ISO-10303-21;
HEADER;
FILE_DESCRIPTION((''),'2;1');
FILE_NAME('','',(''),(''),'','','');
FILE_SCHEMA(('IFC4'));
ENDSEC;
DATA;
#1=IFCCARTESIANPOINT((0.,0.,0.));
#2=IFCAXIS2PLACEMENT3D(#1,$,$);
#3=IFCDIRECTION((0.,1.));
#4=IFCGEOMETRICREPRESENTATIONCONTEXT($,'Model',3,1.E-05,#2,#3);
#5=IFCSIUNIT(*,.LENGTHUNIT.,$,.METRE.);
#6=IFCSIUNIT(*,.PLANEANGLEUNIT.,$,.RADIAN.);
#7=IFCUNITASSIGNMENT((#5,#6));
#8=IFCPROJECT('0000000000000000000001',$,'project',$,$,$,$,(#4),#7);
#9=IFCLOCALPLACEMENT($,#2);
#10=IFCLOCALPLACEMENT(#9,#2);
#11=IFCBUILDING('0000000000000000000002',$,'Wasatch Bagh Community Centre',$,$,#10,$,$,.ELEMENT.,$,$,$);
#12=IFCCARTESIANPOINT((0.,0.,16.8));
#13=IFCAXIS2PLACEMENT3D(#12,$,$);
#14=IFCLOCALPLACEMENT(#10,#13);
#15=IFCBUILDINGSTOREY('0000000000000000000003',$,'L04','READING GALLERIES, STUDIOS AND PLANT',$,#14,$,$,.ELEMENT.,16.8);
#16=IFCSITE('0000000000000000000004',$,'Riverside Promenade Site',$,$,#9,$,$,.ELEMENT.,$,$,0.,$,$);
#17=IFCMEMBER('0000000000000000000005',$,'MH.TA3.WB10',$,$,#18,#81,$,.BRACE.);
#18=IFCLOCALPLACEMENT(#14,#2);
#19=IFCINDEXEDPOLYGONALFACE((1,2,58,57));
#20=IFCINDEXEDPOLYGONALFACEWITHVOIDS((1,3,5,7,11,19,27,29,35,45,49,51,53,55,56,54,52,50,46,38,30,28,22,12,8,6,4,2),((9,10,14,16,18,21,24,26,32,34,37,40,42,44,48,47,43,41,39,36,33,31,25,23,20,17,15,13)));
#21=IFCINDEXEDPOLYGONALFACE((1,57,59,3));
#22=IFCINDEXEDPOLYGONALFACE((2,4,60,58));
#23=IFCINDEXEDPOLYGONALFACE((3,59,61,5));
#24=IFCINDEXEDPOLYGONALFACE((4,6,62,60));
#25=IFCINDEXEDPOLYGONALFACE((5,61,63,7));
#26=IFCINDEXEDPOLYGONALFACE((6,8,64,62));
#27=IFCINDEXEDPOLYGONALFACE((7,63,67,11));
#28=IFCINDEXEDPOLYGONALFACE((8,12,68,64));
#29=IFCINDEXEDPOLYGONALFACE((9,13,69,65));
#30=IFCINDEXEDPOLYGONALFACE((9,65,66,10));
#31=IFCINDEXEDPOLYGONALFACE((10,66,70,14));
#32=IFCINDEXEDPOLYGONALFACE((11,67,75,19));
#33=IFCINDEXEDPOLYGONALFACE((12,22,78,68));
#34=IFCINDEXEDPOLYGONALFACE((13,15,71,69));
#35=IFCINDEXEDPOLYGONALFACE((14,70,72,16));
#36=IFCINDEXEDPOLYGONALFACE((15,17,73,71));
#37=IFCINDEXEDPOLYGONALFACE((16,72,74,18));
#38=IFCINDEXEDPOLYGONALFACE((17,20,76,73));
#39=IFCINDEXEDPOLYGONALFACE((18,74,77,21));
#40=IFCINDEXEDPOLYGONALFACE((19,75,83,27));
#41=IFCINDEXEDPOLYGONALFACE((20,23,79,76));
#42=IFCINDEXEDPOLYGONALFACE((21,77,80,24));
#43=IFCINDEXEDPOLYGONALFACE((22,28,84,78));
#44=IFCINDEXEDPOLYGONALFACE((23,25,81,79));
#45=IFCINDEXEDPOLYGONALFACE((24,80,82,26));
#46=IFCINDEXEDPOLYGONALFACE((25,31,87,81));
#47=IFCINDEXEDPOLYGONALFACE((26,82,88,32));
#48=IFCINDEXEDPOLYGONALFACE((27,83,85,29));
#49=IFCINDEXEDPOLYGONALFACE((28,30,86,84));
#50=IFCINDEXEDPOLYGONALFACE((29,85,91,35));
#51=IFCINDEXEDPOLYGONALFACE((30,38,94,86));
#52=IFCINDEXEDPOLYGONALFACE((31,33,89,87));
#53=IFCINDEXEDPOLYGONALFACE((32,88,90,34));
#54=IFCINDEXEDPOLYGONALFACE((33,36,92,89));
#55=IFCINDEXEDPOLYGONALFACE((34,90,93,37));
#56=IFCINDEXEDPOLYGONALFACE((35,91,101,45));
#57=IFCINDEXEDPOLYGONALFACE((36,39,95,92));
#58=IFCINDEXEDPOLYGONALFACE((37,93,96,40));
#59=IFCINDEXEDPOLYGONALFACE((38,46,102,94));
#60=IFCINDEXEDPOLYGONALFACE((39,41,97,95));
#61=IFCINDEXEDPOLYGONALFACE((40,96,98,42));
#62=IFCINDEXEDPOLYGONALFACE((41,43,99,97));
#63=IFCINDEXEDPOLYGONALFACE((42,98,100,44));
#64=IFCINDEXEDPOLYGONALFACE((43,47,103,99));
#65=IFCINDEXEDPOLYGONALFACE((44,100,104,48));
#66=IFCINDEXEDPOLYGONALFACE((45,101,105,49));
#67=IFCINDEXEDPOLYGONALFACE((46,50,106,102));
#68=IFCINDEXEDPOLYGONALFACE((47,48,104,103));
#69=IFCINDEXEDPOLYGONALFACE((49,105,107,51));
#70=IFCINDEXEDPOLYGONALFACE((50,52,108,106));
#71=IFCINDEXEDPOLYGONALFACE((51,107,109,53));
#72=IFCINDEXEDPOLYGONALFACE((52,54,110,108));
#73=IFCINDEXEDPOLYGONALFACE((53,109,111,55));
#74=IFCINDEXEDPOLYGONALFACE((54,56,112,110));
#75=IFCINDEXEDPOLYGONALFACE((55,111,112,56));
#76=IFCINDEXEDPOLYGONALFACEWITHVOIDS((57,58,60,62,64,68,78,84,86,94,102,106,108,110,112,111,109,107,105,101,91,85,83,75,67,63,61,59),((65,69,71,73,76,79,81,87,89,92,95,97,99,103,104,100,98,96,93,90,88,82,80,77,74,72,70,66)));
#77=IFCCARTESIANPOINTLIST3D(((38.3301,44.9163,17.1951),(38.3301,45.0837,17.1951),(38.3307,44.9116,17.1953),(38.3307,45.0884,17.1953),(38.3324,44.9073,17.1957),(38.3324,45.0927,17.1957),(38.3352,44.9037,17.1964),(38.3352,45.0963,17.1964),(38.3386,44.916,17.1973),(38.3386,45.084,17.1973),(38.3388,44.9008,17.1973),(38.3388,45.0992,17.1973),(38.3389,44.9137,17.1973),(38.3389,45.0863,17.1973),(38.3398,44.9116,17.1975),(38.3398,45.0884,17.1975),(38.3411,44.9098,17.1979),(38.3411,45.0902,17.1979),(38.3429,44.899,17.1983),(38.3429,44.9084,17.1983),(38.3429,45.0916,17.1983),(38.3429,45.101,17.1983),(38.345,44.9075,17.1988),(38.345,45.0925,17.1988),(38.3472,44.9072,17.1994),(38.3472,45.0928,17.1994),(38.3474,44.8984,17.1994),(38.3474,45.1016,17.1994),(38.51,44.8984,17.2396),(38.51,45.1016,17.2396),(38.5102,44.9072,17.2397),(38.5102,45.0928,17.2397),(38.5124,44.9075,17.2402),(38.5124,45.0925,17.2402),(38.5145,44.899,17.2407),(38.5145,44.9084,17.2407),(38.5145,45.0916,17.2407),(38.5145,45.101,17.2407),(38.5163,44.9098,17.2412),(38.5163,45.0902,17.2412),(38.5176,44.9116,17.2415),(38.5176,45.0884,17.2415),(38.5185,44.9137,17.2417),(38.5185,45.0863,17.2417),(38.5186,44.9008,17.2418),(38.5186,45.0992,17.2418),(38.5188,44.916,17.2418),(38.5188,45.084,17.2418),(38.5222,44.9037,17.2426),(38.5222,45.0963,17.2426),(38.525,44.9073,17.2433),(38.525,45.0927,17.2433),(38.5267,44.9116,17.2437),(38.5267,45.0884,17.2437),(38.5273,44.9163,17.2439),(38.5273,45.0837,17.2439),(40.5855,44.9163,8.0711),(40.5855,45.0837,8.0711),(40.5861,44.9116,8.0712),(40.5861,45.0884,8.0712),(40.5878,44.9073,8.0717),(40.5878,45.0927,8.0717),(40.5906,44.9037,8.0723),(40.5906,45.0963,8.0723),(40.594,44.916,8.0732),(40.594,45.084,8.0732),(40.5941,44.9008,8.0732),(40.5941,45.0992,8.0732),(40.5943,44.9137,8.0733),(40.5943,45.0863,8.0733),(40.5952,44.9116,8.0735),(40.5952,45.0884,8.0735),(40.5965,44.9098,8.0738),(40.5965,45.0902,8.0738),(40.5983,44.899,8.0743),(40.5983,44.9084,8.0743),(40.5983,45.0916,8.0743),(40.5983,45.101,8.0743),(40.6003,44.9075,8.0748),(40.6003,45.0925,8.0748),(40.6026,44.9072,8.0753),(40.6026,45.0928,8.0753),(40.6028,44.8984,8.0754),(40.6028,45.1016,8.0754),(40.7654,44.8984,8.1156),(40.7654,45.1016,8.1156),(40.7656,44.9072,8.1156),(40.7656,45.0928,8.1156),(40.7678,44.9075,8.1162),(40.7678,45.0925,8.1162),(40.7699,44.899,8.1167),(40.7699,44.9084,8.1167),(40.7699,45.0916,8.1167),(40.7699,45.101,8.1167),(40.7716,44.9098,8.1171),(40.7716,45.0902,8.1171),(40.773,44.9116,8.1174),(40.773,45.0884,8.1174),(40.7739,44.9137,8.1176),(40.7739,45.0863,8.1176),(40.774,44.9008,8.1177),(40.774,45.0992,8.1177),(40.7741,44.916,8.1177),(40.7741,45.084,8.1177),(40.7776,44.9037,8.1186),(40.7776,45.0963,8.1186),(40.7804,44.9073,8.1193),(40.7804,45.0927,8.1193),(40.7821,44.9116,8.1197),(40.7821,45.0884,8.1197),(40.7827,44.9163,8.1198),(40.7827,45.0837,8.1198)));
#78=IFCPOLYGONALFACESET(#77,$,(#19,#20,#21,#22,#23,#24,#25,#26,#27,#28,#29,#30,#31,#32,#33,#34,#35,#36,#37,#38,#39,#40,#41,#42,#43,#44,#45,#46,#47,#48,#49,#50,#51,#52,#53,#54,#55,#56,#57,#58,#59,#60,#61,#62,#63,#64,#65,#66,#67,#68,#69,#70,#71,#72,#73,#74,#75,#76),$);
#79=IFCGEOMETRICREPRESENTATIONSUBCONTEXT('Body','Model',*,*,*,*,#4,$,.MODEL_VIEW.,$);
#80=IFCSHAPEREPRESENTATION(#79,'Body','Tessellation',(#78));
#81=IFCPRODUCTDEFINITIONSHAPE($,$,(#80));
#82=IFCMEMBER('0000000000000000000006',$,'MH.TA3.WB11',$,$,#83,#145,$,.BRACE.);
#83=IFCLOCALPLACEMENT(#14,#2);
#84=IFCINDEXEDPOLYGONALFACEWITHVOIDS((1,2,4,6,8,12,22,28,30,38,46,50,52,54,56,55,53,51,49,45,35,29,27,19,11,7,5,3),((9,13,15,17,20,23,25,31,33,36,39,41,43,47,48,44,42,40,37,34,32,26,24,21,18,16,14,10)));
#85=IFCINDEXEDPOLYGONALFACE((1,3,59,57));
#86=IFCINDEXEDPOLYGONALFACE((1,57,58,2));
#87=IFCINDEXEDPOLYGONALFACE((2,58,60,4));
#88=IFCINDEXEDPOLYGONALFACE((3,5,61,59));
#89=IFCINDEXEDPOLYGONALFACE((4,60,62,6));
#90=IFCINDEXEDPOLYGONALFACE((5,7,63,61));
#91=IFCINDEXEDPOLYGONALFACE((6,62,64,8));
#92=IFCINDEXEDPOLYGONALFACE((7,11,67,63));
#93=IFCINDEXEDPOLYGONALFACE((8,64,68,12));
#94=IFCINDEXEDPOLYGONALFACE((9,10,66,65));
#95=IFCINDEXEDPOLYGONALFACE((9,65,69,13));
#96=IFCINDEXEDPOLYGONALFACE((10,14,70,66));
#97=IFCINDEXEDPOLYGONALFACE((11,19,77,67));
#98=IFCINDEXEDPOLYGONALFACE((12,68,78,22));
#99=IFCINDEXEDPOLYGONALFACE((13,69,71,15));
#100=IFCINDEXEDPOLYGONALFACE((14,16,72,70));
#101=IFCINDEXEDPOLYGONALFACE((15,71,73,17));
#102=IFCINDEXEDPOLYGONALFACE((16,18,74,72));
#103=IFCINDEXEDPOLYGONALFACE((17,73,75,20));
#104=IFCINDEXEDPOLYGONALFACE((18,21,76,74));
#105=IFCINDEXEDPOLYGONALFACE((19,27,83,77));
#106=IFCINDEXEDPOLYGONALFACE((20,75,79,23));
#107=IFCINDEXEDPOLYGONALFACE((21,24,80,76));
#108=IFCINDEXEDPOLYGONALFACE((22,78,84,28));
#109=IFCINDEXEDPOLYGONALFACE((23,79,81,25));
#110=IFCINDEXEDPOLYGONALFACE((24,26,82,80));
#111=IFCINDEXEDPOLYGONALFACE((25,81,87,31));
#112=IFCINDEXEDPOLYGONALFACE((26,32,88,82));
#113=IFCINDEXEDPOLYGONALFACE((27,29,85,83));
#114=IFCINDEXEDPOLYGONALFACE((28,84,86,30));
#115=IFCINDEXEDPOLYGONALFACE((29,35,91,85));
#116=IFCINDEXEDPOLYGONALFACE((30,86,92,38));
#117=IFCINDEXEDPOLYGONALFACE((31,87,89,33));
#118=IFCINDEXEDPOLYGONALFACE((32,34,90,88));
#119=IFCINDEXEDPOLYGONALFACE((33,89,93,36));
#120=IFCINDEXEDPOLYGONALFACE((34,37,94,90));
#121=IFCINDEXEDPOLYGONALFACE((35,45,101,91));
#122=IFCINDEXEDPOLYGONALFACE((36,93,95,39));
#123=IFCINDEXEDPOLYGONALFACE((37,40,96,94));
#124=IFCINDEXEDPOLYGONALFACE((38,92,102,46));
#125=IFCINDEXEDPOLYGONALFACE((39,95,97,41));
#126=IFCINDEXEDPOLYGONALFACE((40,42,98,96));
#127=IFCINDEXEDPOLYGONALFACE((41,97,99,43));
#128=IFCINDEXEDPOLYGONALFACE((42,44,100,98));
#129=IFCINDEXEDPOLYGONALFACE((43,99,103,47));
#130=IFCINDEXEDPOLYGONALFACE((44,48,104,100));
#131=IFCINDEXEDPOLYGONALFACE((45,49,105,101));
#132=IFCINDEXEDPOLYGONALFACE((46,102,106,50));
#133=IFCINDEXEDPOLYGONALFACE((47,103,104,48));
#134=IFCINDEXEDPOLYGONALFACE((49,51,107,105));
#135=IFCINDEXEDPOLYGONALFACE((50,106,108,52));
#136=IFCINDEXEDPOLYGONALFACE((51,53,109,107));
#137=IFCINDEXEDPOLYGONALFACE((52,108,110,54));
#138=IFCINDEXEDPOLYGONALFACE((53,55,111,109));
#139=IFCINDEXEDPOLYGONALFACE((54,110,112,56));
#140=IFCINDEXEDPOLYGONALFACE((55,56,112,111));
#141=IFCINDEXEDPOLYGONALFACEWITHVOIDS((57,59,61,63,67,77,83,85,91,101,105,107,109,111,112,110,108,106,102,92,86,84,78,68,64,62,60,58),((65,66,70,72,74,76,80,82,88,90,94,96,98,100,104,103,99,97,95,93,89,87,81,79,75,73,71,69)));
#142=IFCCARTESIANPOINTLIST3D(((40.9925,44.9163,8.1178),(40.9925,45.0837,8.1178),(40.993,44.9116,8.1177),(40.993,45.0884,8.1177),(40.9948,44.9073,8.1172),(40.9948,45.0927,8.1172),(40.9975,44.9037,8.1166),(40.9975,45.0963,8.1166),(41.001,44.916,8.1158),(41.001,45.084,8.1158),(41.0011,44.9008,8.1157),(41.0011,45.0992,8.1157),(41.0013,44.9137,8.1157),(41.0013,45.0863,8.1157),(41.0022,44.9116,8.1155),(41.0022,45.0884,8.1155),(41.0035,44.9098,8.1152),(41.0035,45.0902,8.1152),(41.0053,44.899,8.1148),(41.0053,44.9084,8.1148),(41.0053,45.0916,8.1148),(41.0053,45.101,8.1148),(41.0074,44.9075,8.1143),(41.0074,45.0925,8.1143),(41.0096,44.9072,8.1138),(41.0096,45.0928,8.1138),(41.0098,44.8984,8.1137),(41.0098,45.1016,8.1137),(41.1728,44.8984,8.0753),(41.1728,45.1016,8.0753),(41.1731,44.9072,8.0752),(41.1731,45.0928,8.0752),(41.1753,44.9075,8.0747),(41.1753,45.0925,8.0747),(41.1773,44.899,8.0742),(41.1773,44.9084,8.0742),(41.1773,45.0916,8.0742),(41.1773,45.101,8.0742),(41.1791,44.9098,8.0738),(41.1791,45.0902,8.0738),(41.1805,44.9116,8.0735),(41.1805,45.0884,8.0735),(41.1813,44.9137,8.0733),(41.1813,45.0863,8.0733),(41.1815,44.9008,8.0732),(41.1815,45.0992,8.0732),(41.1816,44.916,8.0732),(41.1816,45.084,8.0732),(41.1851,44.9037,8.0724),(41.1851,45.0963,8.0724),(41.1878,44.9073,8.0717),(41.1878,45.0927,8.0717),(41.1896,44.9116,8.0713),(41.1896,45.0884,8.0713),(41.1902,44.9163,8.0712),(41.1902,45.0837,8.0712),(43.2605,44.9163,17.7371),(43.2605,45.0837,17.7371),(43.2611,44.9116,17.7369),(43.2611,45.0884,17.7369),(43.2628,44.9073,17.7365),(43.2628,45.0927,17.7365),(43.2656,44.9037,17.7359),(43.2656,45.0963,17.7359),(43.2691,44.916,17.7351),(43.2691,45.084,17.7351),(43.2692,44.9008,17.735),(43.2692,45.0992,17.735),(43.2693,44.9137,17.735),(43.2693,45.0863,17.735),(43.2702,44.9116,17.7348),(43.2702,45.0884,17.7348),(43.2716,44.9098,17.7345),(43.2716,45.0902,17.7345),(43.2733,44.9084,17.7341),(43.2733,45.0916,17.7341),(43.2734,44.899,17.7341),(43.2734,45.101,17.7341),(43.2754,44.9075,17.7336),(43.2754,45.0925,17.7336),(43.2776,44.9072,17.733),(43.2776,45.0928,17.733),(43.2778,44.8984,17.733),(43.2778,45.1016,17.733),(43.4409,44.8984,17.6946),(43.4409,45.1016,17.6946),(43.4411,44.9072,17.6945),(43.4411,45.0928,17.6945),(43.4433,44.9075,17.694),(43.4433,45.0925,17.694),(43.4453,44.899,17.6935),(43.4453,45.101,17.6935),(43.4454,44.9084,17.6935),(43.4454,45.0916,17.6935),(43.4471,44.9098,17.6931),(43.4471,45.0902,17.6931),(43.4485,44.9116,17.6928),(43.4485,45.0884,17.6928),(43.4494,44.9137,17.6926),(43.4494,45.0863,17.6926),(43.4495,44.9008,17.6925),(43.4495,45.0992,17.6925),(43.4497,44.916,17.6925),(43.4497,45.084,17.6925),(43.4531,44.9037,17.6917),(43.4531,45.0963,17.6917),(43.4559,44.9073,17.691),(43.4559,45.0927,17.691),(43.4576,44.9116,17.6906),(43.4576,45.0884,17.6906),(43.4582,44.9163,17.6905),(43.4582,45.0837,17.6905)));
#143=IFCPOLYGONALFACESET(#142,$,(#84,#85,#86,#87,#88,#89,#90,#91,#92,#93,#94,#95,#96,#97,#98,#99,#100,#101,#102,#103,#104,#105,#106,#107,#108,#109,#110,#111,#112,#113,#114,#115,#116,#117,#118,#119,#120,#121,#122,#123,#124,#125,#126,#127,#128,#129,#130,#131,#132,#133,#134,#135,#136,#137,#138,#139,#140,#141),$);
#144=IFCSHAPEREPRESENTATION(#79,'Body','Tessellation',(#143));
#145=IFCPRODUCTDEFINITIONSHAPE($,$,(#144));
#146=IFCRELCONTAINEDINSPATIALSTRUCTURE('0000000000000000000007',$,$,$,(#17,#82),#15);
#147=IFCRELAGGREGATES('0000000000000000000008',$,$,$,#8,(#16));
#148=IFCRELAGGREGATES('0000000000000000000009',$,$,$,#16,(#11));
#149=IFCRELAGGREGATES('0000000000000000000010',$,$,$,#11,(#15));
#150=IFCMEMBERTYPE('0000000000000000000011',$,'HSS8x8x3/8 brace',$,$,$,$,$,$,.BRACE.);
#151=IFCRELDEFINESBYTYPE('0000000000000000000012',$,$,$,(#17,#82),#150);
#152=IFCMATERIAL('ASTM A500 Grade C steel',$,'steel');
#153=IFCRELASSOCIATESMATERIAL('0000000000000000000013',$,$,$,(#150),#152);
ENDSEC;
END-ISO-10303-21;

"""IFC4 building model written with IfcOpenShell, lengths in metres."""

from ifc_helpers import new_model, si_unit, direction, frame, origin, origin_2d, place, context, subcontext, project, spatial, hollow_rectangle, extrude, material, material_profile, profile_set, type_object, element, save


model = new_model("IFC4")

# Units and contexts
model_context = context("Model", 3, precision=1e-05, world=origin(), true_north=direction((0.0, 1.0)))
body_context = subcontext(model_context, "Body", "Model", "MODEL_VIEW")
ifc_project = project(units=[si_unit("LENGTHUNIT", "METRE"), si_unit("PLANEANGLEUNIT", "RADIAN")], contexts=[model_context])

# Site, building, storey
site_placement = place(None, origin())
site = spatial("IfcSite", under=ifc_project, at=site_placement, Name="Riverside Promenade Site", CompositionType="ELEMENT", RefElevation=0.0)
building_placement = place(site_placement, origin())
building = spatial("IfcBuilding", under=site, at=building_placement, Name="Wasatch Bagh Community Centre", CompositionType="ELEMENT")
storey_placement = place(building_placement, frame((0.0, 0.0, 16.8)))
storey = spatial("IfcBuildingStorey", under=building, at=storey_placement, Name="L04", Description="READING GALLERIES, STUDIOS AND PLANT", CompositionType="ELEMENT", Elevation=16.8)

# Members
ifc_material_1 = material(Name="ASTM A500 Grade C steel", Category="steel")
ifc_material_profile_1 = material_profile(ifc_material_1, hollow_rectangle(XDim=0.2031, YDim=0.2031, WallThickness=0.0088, InnerFilletRadius=0.0088, OuterFilletRadius=0.0178, at=origin_2d()), Name="HSS8x8x3/8")
ifc_profile_set_1 = profile_set([ifc_material_profile_1], Name="ASTM A500 Grade C steel")
member_type_1 = type_object("IfcMemberType", Name="HSS8x8x3/8 brace", PredefinedType="BRACE", material=ifc_profile_set_1)
member_1_placement = place(storey_placement, frame((40.6841, 45.0, 8.0955), z_axis=(-0.239968, 0.0, 0.970781), x_axis=(0.0, -1.0, 0.0)))
element("IfcMember", 1, at=member_1_placement, inside=storey, type_object=member_type_1, Name="MH.TA3.WB10", PredefinedType="BRACE", context=body_context, shape_type="SweptSolid", body=[
    extrude(hollow_rectangle(XDim=0.2031, YDim=0.2031, WallThickness=0.0088, InnerFilletRadius=0.0088, OuterFilletRadius=0.0178, at=origin_2d()), origin(), (0.0, 0.0, 1.0), 9.3987),
])
member_2_placement = place(storey_placement, frame((41.0913, 45.0, 8.0945), z_axis=(0.229488, 0.0, 0.973311), x_axis=(0.0, 1.0, 0.0)))
element("IfcMember", 2, at=member_2_placement, inside=storey, type_object=member_type_1, Name="MH.TA3.WB11", PredefinedType="BRACE", context=body_context, shape_type="SweptSolid", body=[
    extrude(hollow_rectangle(XDim=0.2031, YDim=0.2031, WallThickness=0.0088, InnerFilletRadius=0.0088, OuterFilletRadius=0.0178, at=origin_2d()), origin(), (0.0, 0.0, 1.0), 9.8831),
])

save(model, "model.ifc")
